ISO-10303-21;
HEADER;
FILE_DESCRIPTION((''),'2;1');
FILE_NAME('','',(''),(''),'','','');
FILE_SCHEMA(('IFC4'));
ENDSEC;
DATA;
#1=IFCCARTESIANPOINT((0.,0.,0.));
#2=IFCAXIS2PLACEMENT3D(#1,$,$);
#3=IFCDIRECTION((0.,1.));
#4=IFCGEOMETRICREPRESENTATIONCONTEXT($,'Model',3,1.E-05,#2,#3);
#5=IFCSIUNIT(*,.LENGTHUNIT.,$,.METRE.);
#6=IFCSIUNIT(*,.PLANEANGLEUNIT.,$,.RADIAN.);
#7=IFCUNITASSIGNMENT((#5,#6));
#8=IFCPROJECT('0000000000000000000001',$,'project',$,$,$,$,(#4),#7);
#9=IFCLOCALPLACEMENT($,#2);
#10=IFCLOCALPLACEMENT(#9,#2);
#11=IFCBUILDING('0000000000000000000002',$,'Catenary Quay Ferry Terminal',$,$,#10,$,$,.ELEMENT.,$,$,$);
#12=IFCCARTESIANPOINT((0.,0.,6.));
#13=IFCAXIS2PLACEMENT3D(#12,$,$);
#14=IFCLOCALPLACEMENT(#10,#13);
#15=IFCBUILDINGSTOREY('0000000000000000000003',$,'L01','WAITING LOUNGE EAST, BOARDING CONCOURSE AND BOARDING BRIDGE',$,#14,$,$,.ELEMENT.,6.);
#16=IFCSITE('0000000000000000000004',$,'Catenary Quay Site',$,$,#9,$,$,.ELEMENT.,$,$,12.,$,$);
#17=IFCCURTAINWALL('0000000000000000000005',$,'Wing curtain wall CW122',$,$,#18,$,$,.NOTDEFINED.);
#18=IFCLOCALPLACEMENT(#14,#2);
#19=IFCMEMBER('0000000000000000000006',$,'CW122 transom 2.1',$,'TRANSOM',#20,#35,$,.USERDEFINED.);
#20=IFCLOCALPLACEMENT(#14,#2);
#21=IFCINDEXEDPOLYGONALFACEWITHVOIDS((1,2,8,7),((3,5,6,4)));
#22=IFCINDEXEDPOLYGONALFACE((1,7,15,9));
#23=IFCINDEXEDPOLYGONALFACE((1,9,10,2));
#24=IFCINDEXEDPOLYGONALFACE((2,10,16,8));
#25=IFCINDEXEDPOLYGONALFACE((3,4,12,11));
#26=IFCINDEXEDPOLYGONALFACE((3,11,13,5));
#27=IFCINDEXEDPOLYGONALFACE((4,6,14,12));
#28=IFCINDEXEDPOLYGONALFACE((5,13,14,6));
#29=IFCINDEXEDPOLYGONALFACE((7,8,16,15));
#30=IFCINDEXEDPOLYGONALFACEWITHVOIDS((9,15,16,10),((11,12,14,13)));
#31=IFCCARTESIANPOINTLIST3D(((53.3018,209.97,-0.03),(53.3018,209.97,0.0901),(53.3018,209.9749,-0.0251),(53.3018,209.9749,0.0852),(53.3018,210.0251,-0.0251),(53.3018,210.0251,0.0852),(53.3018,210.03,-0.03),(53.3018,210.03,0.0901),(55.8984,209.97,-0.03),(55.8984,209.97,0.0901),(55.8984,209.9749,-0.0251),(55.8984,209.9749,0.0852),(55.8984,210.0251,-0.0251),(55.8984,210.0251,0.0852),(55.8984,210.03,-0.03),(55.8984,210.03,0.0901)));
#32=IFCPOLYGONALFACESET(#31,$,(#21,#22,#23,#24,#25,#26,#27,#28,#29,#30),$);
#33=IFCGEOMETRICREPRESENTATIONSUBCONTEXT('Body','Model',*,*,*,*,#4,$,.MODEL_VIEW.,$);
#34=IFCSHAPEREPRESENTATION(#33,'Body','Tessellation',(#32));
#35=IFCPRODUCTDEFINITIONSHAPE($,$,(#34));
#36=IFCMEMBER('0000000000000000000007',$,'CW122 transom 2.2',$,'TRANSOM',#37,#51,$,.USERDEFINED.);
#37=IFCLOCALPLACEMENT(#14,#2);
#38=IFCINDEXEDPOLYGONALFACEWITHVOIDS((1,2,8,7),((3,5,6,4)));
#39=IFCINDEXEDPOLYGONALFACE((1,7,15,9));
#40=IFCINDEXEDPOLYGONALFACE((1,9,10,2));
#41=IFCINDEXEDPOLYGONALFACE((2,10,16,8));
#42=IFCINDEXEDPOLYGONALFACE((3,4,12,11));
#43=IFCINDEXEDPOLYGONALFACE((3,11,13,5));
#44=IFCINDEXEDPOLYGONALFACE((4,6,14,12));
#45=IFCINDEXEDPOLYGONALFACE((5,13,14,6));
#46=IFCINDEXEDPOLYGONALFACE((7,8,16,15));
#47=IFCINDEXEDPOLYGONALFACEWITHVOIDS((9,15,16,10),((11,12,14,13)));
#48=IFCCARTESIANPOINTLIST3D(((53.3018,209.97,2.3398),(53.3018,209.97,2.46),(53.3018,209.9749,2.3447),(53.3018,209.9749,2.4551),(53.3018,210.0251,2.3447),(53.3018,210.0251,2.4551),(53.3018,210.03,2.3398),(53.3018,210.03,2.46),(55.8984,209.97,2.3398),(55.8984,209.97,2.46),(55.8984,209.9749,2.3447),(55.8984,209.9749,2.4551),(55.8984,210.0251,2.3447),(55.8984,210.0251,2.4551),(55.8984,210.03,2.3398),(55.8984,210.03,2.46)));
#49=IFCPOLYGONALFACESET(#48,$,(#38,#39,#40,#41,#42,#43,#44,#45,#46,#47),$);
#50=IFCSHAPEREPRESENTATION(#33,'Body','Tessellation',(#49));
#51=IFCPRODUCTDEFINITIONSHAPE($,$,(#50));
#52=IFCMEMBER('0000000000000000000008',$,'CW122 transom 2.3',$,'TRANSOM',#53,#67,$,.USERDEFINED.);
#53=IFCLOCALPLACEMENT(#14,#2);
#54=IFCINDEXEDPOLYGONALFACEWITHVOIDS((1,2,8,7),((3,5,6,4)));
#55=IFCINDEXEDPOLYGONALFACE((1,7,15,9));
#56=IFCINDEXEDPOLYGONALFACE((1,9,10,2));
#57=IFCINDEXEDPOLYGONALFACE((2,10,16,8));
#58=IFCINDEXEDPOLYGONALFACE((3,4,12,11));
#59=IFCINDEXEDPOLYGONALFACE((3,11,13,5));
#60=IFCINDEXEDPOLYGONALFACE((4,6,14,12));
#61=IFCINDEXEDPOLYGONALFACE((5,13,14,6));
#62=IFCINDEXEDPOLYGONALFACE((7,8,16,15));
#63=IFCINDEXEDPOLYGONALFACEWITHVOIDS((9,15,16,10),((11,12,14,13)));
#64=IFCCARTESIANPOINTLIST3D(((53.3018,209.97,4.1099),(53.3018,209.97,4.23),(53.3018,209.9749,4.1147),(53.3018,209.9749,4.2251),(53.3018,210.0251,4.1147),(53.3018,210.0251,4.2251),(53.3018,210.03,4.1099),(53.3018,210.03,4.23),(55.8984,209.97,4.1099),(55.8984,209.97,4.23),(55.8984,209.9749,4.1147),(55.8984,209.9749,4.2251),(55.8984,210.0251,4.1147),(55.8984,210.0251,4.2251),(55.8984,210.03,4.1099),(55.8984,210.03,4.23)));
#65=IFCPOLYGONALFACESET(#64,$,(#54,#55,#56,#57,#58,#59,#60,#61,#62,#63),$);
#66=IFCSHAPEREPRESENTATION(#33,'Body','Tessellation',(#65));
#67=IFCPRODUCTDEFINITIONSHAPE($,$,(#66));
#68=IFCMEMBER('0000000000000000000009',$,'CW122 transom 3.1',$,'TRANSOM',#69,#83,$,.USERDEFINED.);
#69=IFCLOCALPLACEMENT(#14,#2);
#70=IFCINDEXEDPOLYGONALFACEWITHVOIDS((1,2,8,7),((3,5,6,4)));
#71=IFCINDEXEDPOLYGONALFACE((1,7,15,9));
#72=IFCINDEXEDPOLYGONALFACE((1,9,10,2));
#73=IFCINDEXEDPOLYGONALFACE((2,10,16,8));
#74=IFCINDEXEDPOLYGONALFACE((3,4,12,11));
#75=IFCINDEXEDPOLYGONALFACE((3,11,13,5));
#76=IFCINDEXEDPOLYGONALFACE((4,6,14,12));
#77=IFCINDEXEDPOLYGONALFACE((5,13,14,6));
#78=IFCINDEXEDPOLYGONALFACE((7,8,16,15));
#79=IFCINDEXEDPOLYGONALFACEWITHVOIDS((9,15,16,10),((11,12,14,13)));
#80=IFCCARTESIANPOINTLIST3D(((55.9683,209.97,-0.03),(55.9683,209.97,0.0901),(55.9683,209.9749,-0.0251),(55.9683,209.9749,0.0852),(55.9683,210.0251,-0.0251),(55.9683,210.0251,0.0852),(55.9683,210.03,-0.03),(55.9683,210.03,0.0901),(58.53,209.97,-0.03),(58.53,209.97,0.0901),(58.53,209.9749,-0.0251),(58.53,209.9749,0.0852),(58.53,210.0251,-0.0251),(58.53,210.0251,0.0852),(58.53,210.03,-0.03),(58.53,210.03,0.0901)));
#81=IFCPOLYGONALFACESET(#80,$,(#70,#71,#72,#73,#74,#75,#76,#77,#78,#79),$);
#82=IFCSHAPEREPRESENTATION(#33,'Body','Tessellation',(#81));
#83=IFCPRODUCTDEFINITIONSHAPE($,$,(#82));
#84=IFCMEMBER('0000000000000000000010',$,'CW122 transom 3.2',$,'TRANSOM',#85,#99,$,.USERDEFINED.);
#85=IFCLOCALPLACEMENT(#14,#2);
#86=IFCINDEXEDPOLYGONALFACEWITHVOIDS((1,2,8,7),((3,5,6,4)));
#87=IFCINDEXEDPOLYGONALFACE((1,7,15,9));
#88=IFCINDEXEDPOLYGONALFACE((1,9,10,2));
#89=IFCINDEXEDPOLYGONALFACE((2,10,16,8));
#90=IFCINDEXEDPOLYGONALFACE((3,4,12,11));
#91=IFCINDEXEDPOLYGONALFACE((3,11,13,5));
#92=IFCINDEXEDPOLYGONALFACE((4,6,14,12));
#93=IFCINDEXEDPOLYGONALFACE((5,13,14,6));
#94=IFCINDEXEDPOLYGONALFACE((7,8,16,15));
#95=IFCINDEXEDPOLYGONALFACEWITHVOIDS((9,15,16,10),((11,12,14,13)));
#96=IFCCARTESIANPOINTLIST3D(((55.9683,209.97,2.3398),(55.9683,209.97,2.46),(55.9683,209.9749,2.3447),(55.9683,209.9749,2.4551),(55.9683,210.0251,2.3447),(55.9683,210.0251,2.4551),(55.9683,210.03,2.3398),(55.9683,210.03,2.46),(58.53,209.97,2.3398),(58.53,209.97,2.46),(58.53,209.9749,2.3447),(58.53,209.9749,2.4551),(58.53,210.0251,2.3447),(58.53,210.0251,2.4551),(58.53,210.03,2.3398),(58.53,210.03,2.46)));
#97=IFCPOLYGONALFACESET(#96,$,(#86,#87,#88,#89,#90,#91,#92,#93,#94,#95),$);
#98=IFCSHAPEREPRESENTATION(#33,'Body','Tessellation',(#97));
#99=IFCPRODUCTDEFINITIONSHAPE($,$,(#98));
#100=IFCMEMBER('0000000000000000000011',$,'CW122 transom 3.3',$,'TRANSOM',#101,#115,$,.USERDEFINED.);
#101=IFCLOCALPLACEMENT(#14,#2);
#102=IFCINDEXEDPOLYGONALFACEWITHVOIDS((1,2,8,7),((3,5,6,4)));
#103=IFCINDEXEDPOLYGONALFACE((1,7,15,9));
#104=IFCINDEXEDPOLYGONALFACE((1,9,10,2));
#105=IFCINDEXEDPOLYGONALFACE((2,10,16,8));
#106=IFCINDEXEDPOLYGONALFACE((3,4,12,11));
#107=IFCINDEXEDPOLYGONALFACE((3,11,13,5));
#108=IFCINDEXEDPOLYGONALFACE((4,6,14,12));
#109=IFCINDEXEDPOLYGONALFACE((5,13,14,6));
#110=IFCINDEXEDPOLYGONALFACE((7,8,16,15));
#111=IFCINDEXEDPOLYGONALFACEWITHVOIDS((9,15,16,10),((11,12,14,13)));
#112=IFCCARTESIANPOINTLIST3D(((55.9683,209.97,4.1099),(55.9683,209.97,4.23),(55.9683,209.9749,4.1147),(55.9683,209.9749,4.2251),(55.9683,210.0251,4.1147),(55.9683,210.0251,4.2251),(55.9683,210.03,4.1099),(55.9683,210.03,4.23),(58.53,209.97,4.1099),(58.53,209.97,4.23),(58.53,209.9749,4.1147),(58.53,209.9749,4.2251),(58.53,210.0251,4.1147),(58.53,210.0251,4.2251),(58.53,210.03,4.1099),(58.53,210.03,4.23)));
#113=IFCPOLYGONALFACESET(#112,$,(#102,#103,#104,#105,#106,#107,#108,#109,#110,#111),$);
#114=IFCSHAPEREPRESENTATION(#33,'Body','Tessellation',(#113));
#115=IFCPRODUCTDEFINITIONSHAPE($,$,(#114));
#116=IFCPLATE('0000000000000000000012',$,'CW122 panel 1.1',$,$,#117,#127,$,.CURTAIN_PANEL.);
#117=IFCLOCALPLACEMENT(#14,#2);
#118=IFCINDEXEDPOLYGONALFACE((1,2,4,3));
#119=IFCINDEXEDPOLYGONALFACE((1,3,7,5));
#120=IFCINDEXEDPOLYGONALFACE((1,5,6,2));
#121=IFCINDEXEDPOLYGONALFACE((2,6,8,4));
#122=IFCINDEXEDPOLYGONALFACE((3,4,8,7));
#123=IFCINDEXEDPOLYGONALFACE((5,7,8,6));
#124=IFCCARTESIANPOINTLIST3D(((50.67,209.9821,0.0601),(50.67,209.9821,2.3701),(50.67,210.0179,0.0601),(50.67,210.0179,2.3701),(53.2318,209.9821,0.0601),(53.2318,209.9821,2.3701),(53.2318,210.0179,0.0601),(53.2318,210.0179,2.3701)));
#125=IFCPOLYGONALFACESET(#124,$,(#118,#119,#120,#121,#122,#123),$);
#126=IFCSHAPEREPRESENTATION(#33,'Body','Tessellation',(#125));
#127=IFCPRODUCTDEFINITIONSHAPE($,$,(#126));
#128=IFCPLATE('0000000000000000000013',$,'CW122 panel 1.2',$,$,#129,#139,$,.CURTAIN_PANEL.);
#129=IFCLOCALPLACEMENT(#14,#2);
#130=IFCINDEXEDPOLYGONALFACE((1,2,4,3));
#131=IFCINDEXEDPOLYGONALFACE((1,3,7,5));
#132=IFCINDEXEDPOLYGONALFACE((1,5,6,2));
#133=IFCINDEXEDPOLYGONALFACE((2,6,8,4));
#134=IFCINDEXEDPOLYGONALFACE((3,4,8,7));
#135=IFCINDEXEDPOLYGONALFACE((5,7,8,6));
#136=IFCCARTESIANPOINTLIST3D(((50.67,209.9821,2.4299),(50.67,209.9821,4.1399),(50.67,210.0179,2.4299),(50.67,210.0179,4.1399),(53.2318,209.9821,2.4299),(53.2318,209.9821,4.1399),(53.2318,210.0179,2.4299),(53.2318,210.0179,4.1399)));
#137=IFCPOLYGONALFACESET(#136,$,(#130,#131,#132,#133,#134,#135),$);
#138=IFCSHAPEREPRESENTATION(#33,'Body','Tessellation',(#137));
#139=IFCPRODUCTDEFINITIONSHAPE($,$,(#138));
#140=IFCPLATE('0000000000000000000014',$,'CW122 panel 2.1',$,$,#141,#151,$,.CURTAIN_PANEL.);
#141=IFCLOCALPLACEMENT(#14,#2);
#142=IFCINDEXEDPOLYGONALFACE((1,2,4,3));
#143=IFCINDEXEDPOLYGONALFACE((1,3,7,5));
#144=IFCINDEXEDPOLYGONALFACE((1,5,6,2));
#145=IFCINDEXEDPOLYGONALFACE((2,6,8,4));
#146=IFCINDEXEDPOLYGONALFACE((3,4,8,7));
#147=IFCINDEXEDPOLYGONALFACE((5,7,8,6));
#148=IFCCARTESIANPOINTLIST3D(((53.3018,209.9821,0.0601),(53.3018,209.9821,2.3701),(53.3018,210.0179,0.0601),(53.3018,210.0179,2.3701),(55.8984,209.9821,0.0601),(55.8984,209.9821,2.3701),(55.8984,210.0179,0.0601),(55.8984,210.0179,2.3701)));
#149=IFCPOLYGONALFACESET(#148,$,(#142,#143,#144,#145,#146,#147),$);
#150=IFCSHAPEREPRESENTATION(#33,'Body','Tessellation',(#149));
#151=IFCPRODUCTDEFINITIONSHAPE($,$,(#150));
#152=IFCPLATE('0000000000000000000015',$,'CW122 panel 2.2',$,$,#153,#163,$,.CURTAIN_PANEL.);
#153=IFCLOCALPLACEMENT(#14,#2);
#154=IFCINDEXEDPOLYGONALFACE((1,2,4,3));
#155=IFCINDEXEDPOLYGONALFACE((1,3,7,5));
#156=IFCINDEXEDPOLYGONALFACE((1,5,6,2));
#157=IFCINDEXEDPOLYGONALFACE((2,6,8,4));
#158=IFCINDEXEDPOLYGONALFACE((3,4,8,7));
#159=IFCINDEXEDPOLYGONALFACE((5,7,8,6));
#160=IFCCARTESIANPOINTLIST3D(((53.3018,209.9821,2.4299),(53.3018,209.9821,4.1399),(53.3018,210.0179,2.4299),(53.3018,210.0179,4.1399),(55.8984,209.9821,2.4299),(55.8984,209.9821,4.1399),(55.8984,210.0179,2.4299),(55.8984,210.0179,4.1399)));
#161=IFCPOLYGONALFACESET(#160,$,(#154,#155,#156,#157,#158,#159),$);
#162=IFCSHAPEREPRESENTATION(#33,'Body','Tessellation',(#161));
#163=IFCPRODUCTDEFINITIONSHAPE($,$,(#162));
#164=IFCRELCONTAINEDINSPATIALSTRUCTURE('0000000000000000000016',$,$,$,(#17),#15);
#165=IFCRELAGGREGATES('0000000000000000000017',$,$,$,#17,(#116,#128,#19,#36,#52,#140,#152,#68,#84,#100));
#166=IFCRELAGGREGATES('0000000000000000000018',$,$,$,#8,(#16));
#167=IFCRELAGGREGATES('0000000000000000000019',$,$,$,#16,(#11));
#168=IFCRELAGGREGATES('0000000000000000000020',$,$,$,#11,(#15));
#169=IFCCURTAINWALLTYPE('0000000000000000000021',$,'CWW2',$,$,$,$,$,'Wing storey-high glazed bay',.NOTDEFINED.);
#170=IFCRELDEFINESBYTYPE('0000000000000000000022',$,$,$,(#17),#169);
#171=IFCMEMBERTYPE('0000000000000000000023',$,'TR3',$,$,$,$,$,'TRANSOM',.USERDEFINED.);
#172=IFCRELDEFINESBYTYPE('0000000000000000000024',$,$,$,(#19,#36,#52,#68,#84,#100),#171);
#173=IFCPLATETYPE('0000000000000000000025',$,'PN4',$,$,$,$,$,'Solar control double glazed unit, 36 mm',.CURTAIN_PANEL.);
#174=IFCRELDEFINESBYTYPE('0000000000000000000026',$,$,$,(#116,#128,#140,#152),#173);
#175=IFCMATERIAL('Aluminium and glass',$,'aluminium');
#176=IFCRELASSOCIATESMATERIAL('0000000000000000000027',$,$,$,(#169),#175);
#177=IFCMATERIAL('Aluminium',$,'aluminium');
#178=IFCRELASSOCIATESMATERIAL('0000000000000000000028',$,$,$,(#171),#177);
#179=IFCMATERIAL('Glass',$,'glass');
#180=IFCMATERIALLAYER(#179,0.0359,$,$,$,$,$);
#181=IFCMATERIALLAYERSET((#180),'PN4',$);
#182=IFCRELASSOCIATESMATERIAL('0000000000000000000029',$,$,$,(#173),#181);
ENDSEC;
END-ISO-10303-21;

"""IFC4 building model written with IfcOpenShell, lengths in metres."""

from ifc_helpers import new_model, si_unit, direction, frame, origin, origin_2d, place, context, subcontext, project, spatial, rectangle, hollow_rectangle, extrude, material, layer, layer_set, material_profile, profile_set, type_object, element, aggregate, save


model = new_model("IFC4")

# Units and contexts
model_context = context("Model", 3, precision=1e-05, world=origin(), true_north=direction((0.0, 1.0)))
body_context = subcontext(model_context, "Body", "Model", "MODEL_VIEW")
ifc_project = project(units=[si_unit("LENGTHUNIT", "METRE"), si_unit("PLANEANGLEUNIT", "RADIAN")], contexts=[model_context])

# Site, building, storey
site_placement = place(None, origin())
site = spatial("IfcSite", under=ifc_project, at=site_placement, Name="Catenary Quay Site", CompositionType="ELEMENT", RefElevation=12.0)
building_placement = place(site_placement, origin())
building = spatial("IfcBuilding", under=site, at=building_placement, Name="Catenary Quay Ferry Terminal", CompositionType="ELEMENT")
storey_placement = place(building_placement, frame((0.0, 0.0, 6.0)))
storey = spatial("IfcBuildingStorey", under=building, at=storey_placement, Name="L01", Description="WAITING LOUNGE EAST, BOARDING CONCOURSE AND BOARDING BRIDGE", CompositionType="ELEMENT", Elevation=6.0)

# Curtain wall, members, plates
ifc_material_1 = material(Name="Aluminium and glass", Category="aluminium")
curtain_wall_type = type_object("IfcCurtainWallType", Name="CWW2", ElementType="Wing storey-high glazed bay", PredefinedType="NOTDEFINED", material=ifc_material_1)
curtain_wall_placement = place(storey_placement, origin())
curtain_wall = element("IfcCurtainWall", 1, at=curtain_wall_placement, inside=storey, type_object=curtain_wall_type, Name="Wing curtain wall CW122", PredefinedType="NOTDEFINED")
ifc_material_2 = material(Name="Aluminium", Category="aluminium")
ifc_material_profile_1 = material_profile(ifc_material_2, hollow_rectangle(XDim=0.0601, YDim=0.1201, WallThickness=0.0049, at=origin_2d()), Name="TR3")
ifc_profile_set_1 = profile_set([ifc_material_profile_1], Name="Aluminium")
member_type_1 = type_object("IfcMemberType", Name="TR3", ElementType="TRANSOM", PredefinedType="USERDEFINED", material=ifc_profile_set_1)
member_1_placement = place(storey_placement, frame((53.3018, 210.0, 0.03), z_axis=(1.0, 0.0, 0.0), x_axis=(0.0, 1.0, 0.0)))
member_1 = element("IfcMember", 2, at=member_1_placement, type_object=member_type_1, Name="CW122 transom 2.1", ObjectType="TRANSOM", PredefinedType="USERDEFINED", context=body_context, shape_type="SweptSolid", body=[
    extrude(hollow_rectangle(XDim=0.0601, YDim=0.1201, WallThickness=0.0049, at=origin_2d()), origin(), (0.0, 0.0, 1.0), 2.5967),
])
member_2_placement = place(storey_placement, frame((53.3018, 210.0, 2.3999), z_axis=(1.0, 0.0, 0.0), x_axis=(0.0, 1.0, 0.0)))
member_2 = element("IfcMember", 3, at=member_2_placement, type_object=member_type_1, Name="CW122 transom 2.2", ObjectType="TRANSOM", PredefinedType="USERDEFINED", context=body_context, shape_type="SweptSolid", body=[
    extrude(hollow_rectangle(XDim=0.0601, YDim=0.1201, WallThickness=0.0049, at=origin_2d()), origin(), (0.0, 0.0, 1.0), 2.5967),
])
member_3_placement = place(storey_placement, frame((53.3018, 210.0, 4.1699), z_axis=(1.0, 0.0, 0.0), x_axis=(0.0, 1.0, 0.0)))
member_3 = element("IfcMember", 4, at=member_3_placement, type_object=member_type_1, Name="CW122 transom 2.3", ObjectType="TRANSOM", PredefinedType="USERDEFINED", context=body_context, shape_type="SweptSolid", body=[
    extrude(hollow_rectangle(XDim=0.0601, YDim=0.1201, WallThickness=0.0049, at=origin_2d()), origin(), (0.0, 0.0, 1.0), 2.5967),
])
member_4_placement = place(storey_placement, frame((55.9683, 210.0, 0.03), z_axis=(1.0, 0.0, 0.0), x_axis=(0.0, 1.0, 0.0)))
member_4 = element("IfcMember", 5, at=member_4_placement, type_object=member_type_1, Name="CW122 transom 3.1", ObjectType="TRANSOM", PredefinedType="USERDEFINED", context=body_context, shape_type="SweptSolid", body=[
    extrude(hollow_rectangle(XDim=0.0601, YDim=0.1201, WallThickness=0.0049, at=origin_2d()), origin(), (0.0, 0.0, 1.0), 2.5618),
])
member_5_placement = place(storey_placement, frame((55.9683, 210.0, 2.3999), z_axis=(1.0, 0.0, 0.0), x_axis=(0.0, 1.0, 0.0)))
member_5 = element("IfcMember", 6, at=member_5_placement, type_object=member_type_1, Name="CW122 transom 3.2", ObjectType="TRANSOM", PredefinedType="USERDEFINED", context=body_context, shape_type="SweptSolid", body=[
    extrude(hollow_rectangle(XDim=0.0601, YDim=0.1201, WallThickness=0.0049, at=origin_2d()), origin(), (0.0, 0.0, 1.0), 2.5618),
])
member_6_placement = place(storey_placement, frame((55.9683, 210.0, 4.1699), z_axis=(1.0, 0.0, 0.0), x_axis=(0.0, 1.0, 0.0)))
member_6 = element("IfcMember", 7, at=member_6_placement, type_object=member_type_1, Name="CW122 transom 3.3", ObjectType="TRANSOM", PredefinedType="USERDEFINED", context=body_context, shape_type="SweptSolid", body=[
    extrude(hollow_rectangle(XDim=0.0601, YDim=0.1201, WallThickness=0.0049, at=origin_2d()), origin(), (0.0, 0.0, 1.0), 2.5618),
])
ifc_material_3 = material(Name="Glass", Category="glass")
ifc_layer_1 = layer(ifc_material_3, 0.0359)
ifc_layer_set_1 = layer_set([ifc_layer_1], Name="PN4")
plate_type = type_object("IfcPlateType", Name="PN4", ElementType="Solar control double glazed unit, 36 mm", PredefinedType="CURTAIN_PANEL", material=ifc_layer_set_1)
plate_1_placement = place(storey_placement, frame((51.9509, 210.0, 0.0601), z_axis=(0.0, 0.0, 1.0), x_axis=(1.0, 0.0, 0.0)))
plate_1 = element("IfcPlate", 8, at=plate_1_placement, type_object=plate_type, Name="CW122 panel 1.1", PredefinedType="CURTAIN_PANEL", context=body_context, shape_type="SweptSolid", body=[
    extrude(rectangle(XDim=2.5618, YDim=0.0359, at=origin_2d()), origin(), (0.0, 0.0, 1.0), 2.3101),
])
plate_2_placement = place(storey_placement, frame((51.9509, 210.0, 2.4299), z_axis=(0.0, 0.0, 1.0), x_axis=(1.0, 0.0, 0.0)))
plate_2 = element("IfcPlate", 9, at=plate_2_placement, type_object=plate_type, Name="CW122 panel 1.2", PredefinedType="CURTAIN_PANEL", context=body_context, shape_type="SweptSolid", body=[
    extrude(rectangle(XDim=2.5618, YDim=0.0359, at=origin_2d()), origin(), (0.0, 0.0, 1.0), 1.71),
])
plate_3_placement = place(storey_placement, frame((54.6001, 210.0, 0.0601), z_axis=(0.0, 0.0, 1.0), x_axis=(1.0, 0.0, 0.0)))
plate_3 = element("IfcPlate", 10, at=plate_3_placement, type_object=plate_type, Name="CW122 panel 2.1", PredefinedType="CURTAIN_PANEL", context=body_context, shape_type="SweptSolid", body=[
    extrude(rectangle(XDim=2.5967, YDim=0.0359, at=origin_2d()), origin(), (0.0, 0.0, 1.0), 2.3101),
])
plate_4_placement = place(storey_placement, frame((54.6001, 210.0, 2.4299), z_axis=(0.0, 0.0, 1.0), x_axis=(1.0, 0.0, 0.0)))
plate_4 = element("IfcPlate", 11, at=plate_4_placement, type_object=plate_type, Name="CW122 panel 2.2", PredefinedType="CURTAIN_PANEL", context=body_context, shape_type="SweptSolid", body=[
    extrude(rectangle(XDim=2.5967, YDim=0.0359, at=origin_2d()), origin(), (0.0, 0.0, 1.0), 1.71),
])
aggregate(curtain_wall, [plate_1, plate_2, member_1, member_2, member_3, plate_3, plate_4, member_4, member_5, member_6])

save(model, "model.ifc")
